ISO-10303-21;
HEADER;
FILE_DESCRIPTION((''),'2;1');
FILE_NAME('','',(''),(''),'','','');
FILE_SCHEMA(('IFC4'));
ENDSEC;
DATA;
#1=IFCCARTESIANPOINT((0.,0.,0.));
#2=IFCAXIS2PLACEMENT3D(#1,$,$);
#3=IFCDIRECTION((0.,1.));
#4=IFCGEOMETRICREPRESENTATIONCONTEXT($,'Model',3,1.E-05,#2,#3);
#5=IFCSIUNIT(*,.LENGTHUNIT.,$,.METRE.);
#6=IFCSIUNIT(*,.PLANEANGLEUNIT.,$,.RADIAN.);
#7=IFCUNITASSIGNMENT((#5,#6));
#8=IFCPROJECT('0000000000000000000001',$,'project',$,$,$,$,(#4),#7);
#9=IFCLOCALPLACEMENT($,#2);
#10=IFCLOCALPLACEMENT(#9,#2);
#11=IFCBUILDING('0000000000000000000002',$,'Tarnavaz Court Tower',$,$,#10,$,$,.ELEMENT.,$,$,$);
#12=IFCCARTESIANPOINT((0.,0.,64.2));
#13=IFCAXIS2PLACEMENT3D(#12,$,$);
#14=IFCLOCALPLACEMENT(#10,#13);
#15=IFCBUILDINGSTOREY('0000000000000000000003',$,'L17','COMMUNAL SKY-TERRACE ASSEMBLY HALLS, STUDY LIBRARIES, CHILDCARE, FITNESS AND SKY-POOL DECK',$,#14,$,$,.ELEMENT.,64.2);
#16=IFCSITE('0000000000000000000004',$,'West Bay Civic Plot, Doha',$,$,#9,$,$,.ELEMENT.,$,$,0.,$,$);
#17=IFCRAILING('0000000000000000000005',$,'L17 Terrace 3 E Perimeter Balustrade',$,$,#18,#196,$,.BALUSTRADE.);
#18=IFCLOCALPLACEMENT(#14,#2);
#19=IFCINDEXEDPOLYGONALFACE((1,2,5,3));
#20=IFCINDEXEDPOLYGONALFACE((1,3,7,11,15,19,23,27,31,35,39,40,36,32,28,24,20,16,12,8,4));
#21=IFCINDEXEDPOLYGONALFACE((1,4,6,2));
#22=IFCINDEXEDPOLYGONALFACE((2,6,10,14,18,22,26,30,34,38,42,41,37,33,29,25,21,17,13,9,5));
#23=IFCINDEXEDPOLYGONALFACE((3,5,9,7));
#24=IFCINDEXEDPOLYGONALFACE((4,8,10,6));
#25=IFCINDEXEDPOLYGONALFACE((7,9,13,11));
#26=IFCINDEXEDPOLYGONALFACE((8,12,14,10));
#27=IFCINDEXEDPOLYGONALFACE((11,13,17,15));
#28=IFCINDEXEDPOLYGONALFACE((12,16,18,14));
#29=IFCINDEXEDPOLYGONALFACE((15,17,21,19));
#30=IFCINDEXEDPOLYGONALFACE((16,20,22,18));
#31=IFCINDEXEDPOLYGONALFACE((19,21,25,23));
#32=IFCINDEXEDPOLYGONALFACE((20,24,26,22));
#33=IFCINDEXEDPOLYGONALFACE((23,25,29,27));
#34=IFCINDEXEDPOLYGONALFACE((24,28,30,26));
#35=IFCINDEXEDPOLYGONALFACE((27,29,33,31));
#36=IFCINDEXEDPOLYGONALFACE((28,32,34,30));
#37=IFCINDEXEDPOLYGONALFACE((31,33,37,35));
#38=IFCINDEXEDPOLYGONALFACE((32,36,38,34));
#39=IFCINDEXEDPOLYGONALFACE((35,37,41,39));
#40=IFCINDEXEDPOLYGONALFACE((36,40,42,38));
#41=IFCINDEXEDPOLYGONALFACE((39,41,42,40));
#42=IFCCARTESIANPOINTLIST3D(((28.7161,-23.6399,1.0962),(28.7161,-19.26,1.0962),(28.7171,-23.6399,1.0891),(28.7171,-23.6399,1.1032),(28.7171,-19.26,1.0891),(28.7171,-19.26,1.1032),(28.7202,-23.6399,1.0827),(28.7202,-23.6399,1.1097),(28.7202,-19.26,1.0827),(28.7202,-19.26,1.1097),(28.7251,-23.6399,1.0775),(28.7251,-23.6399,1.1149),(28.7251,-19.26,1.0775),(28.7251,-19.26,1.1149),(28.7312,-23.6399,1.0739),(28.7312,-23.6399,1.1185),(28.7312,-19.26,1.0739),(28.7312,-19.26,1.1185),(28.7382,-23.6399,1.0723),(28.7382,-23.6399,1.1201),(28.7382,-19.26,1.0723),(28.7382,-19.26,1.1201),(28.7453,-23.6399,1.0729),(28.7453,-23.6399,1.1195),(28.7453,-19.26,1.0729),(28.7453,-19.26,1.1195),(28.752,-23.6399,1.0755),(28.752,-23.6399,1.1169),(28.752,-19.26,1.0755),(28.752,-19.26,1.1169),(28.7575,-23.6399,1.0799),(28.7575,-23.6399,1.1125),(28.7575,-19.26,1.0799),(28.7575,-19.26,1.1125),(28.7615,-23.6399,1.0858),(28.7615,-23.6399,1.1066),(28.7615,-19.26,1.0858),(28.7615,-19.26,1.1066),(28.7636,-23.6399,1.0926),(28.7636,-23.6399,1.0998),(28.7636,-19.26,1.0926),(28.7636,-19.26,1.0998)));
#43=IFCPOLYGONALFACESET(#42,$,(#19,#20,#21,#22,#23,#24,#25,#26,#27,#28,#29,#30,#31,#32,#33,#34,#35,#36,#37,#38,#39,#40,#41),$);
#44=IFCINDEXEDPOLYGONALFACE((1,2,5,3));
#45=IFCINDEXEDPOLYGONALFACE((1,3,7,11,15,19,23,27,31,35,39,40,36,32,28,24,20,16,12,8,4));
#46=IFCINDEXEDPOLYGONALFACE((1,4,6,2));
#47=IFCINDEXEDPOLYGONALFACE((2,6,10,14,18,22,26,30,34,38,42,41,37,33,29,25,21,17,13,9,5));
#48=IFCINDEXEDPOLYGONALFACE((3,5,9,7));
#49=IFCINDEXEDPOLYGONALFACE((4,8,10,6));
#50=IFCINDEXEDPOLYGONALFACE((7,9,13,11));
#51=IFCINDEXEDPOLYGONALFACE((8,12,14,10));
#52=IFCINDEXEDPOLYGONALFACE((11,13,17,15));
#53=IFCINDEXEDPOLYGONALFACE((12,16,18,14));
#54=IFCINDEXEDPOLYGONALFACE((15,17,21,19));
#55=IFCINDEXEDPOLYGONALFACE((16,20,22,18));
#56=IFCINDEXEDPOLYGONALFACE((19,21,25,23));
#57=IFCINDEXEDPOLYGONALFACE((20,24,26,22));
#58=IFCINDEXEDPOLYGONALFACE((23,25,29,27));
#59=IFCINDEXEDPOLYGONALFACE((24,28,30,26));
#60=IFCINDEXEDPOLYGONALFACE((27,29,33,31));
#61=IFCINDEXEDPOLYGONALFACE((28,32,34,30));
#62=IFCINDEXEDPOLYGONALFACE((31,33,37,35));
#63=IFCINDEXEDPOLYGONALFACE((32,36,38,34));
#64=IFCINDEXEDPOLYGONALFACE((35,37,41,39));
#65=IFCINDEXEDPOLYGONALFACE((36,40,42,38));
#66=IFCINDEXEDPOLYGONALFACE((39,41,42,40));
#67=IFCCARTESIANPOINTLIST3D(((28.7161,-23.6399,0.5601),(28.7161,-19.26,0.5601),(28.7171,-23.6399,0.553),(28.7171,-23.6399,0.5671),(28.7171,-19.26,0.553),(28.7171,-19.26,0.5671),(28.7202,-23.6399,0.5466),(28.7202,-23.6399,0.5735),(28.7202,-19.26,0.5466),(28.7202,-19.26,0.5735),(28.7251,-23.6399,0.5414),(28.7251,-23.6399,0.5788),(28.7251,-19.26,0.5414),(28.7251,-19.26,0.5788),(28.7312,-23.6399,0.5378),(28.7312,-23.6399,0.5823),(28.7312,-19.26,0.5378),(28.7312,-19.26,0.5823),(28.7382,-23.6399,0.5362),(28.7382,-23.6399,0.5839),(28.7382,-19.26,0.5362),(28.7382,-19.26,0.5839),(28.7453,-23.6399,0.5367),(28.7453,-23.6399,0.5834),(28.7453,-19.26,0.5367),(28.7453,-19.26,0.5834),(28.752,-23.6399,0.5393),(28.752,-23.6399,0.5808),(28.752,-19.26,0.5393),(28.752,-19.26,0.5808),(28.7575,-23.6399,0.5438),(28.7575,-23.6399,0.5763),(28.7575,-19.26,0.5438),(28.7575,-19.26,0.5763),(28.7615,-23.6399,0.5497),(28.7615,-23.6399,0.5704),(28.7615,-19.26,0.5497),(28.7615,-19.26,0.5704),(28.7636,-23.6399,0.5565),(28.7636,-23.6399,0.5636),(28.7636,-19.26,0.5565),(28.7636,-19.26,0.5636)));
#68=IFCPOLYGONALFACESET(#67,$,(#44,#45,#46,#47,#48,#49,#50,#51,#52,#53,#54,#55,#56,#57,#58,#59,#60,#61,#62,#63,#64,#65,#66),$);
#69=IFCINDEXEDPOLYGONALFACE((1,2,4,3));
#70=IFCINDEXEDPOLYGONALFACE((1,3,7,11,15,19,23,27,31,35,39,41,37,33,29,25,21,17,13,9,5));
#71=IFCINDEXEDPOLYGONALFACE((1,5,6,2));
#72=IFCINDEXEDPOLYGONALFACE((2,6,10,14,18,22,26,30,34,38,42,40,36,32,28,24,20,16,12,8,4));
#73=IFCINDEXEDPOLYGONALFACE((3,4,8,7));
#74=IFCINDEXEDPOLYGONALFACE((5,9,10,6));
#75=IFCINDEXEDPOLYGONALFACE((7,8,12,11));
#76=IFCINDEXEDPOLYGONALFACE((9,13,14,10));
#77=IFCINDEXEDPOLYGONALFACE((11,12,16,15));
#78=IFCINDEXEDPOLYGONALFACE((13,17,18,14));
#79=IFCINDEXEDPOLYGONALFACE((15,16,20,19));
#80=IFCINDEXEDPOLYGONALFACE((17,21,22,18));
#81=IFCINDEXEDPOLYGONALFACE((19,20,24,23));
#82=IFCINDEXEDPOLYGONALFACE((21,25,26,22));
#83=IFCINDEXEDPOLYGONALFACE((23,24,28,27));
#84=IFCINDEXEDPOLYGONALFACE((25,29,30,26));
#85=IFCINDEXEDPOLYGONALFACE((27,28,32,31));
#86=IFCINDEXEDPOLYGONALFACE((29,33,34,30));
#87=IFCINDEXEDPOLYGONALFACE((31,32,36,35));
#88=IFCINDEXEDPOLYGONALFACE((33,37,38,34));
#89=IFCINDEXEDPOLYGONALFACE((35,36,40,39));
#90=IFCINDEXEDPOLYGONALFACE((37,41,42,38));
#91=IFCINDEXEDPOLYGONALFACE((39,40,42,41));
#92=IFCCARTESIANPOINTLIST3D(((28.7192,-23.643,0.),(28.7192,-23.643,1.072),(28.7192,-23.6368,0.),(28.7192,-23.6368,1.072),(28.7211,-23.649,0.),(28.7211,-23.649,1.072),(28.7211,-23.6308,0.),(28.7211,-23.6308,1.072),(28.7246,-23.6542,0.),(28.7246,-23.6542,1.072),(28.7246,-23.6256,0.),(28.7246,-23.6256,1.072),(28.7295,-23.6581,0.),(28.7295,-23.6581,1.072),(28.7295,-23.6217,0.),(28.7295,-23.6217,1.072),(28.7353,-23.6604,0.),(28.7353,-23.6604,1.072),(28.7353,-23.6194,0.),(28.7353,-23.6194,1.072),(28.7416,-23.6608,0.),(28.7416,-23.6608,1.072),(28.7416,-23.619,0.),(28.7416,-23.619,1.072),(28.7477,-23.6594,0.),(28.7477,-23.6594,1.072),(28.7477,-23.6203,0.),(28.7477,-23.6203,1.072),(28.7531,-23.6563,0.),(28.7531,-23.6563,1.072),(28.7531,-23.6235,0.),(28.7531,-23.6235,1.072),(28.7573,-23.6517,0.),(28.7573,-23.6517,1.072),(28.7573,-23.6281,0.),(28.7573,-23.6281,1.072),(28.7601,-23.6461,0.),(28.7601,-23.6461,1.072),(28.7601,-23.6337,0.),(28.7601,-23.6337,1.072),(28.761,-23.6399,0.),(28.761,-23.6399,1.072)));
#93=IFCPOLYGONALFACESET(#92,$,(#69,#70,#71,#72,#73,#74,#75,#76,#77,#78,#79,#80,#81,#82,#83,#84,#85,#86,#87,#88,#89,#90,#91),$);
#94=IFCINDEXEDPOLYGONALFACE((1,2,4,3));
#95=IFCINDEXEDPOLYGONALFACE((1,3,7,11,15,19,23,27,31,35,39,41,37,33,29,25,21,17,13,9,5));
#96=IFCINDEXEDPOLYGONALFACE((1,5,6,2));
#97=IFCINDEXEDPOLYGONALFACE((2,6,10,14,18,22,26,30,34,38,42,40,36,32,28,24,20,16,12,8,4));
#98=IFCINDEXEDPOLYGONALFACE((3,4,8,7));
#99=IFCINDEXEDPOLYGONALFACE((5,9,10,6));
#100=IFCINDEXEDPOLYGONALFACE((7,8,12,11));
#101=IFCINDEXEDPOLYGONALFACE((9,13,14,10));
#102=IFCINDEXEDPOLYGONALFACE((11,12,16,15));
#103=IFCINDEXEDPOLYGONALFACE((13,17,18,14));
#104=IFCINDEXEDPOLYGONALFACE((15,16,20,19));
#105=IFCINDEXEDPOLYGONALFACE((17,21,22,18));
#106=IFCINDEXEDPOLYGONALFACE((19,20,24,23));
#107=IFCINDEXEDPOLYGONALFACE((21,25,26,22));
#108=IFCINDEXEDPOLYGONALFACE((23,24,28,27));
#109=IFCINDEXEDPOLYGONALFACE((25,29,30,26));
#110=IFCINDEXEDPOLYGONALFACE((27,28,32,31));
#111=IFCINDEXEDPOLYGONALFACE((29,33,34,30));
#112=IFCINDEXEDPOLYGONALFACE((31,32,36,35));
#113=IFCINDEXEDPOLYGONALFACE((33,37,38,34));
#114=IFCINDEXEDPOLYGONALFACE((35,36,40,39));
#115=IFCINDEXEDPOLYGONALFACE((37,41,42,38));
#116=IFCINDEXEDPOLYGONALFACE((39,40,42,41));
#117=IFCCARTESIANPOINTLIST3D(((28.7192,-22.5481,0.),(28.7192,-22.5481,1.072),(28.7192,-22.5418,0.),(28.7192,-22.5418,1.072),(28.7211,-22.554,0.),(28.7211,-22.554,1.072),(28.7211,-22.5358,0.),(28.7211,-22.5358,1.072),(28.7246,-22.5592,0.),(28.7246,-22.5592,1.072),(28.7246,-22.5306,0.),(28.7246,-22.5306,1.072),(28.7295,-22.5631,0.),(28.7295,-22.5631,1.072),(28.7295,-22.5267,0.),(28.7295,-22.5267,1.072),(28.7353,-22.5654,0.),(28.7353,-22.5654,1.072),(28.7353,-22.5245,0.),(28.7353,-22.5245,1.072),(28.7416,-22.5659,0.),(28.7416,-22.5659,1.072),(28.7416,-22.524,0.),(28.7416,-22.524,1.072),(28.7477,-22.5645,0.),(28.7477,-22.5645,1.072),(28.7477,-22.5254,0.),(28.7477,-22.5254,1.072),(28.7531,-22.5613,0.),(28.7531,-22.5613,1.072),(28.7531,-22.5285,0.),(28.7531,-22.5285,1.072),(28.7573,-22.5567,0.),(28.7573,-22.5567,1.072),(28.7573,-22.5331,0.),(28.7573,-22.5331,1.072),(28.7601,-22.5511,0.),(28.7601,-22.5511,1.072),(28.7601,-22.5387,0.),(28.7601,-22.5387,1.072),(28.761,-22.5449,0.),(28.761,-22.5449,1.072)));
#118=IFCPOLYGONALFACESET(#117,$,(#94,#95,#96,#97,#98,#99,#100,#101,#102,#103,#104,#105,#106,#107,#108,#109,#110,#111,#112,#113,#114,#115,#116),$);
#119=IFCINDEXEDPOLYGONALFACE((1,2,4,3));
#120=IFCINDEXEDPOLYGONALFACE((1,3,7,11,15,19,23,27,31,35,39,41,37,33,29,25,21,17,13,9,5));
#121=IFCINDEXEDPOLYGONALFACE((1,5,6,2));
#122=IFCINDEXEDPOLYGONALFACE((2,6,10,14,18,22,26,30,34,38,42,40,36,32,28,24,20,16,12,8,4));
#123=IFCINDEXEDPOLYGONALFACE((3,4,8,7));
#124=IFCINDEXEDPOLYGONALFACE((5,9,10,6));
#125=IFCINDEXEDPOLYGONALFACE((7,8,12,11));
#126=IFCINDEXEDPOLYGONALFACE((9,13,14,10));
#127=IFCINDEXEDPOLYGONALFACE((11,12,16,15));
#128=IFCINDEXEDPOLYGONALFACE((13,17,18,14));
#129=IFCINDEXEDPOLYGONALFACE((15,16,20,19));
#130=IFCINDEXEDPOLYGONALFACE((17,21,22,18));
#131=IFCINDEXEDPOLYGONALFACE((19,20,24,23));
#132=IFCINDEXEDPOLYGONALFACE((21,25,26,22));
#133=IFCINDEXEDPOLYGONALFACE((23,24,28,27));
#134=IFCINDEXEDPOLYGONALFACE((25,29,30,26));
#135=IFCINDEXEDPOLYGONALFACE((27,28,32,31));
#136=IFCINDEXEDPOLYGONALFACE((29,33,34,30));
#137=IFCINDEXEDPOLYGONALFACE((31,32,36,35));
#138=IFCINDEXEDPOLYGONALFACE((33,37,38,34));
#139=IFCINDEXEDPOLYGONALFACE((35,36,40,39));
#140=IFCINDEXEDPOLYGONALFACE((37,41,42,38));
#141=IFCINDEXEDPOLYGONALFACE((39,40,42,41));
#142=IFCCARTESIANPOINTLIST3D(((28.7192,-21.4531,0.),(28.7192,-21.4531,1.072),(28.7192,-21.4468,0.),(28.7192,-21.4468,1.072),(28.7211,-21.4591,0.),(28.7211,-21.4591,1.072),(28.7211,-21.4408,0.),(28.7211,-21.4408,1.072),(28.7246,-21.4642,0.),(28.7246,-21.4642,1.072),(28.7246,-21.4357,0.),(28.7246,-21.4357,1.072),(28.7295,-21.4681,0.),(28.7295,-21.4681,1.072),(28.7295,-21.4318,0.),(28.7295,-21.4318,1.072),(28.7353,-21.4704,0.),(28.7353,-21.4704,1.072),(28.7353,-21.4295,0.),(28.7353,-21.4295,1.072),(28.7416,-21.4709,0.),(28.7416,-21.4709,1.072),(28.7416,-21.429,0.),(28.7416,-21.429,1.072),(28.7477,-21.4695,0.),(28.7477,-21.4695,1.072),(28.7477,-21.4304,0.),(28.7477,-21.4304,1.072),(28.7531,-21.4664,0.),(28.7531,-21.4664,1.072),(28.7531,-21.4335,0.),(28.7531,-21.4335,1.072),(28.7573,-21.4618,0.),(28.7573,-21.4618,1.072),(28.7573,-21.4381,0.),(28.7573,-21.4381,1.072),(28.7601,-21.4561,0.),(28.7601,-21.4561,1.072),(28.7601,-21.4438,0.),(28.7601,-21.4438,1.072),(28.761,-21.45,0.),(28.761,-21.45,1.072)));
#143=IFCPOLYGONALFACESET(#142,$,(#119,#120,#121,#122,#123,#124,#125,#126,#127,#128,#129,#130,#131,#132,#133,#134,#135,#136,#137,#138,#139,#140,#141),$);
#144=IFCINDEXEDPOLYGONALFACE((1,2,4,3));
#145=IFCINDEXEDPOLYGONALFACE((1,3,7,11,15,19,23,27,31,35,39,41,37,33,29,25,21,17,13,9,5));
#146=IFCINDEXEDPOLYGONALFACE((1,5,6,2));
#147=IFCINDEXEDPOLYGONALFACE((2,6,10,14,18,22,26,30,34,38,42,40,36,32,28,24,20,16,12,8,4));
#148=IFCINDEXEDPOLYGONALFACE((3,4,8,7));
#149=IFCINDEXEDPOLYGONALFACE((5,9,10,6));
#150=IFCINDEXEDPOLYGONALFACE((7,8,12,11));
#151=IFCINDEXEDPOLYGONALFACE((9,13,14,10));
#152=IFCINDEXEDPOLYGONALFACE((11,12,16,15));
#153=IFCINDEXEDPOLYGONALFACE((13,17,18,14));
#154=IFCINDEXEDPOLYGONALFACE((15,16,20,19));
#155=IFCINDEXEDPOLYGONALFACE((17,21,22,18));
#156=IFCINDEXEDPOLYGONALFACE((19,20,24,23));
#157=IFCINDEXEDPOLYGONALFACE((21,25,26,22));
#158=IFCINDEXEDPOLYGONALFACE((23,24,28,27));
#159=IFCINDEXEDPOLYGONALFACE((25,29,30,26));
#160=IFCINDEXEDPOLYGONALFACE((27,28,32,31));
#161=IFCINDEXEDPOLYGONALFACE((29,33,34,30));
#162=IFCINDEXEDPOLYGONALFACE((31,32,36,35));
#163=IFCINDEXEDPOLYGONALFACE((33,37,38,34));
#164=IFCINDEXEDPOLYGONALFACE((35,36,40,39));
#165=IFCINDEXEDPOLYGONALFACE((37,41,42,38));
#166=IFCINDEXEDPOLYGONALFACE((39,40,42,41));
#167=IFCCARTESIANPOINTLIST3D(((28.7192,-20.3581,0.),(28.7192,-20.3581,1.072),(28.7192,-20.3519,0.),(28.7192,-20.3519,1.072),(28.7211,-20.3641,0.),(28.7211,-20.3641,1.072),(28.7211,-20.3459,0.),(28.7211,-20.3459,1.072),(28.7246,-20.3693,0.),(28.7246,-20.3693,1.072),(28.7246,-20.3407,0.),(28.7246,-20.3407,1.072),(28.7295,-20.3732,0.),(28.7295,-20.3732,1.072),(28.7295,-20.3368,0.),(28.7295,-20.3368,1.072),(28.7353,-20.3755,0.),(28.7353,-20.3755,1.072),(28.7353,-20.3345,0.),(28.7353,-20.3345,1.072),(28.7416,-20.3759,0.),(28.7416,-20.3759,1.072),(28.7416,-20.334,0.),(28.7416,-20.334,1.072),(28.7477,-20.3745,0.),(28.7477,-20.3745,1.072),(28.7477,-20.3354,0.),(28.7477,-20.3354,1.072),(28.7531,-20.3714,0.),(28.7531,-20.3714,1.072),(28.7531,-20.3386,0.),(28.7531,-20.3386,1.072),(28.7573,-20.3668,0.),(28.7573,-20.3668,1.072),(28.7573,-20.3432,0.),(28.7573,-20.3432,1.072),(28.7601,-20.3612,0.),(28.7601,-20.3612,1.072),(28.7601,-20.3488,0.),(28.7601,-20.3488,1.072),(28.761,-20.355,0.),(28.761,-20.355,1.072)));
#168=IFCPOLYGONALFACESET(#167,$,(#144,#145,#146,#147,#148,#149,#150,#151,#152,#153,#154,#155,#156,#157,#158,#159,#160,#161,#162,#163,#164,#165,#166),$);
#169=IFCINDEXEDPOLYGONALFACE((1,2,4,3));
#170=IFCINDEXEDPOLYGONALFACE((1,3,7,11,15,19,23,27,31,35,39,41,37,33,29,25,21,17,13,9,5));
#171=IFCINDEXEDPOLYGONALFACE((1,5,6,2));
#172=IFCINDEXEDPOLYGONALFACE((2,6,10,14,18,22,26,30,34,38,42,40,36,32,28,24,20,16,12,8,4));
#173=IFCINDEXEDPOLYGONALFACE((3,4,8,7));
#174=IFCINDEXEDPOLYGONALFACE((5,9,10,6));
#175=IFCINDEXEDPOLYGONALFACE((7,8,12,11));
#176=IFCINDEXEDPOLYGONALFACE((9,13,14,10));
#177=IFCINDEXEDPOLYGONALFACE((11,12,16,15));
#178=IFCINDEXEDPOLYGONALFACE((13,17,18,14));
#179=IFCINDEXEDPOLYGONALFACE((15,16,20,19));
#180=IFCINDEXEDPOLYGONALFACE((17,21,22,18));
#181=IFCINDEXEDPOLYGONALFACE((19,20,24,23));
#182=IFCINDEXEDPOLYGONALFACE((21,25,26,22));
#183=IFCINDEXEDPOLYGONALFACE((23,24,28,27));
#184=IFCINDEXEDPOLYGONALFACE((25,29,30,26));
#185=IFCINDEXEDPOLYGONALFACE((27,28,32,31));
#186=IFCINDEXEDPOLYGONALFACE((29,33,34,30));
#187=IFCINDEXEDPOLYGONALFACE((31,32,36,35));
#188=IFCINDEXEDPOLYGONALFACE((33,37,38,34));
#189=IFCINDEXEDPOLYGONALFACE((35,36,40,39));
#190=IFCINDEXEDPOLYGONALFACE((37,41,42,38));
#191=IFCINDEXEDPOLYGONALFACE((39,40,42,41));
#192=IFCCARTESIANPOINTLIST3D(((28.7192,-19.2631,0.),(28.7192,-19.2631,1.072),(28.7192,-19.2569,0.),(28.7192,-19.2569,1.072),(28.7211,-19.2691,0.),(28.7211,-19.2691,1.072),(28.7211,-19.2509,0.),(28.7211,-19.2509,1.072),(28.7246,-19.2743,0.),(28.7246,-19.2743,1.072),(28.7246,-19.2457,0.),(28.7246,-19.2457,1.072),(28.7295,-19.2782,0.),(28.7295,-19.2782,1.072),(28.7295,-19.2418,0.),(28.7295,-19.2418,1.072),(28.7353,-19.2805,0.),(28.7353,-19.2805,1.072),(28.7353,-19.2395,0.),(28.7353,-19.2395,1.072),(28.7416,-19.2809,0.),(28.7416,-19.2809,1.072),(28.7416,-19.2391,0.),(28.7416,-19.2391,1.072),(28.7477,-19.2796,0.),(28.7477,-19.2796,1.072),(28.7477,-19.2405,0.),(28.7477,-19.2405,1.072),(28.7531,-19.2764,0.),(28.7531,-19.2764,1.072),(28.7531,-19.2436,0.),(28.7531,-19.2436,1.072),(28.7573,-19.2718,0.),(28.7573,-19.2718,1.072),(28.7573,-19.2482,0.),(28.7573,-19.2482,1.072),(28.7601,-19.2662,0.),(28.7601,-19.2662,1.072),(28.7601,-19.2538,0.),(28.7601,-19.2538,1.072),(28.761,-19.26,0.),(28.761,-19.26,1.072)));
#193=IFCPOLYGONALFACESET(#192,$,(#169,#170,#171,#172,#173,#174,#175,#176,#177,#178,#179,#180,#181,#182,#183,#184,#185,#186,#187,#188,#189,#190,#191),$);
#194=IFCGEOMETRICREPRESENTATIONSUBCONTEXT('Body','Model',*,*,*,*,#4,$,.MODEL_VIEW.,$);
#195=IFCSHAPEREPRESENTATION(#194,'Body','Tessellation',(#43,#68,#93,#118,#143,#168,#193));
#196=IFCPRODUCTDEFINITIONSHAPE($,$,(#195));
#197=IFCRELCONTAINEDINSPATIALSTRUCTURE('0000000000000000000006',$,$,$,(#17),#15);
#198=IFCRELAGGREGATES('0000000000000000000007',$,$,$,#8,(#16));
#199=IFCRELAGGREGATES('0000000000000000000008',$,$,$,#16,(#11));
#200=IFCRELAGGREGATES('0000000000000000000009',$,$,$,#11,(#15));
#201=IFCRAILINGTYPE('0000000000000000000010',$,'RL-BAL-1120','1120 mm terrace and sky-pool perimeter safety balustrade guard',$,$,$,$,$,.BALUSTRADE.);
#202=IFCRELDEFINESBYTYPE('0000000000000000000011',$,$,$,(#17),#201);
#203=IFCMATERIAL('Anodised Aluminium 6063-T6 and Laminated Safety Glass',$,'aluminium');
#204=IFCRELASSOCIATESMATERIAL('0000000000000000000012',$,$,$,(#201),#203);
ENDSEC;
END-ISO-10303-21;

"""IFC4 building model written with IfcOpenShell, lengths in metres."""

from ifc_helpers import new_model, si_unit, direction, frame, origin, origin_2d, place, context, subcontext, project, spatial, circle, extrude, material, type_object, element, save


model = new_model("IFC4")

# Units and contexts
model_context = context("Model", 3, precision=1e-05, world=origin(), true_north=direction((0.0, 1.0)))
body_context = subcontext(model_context, "Body", "Model", "MODEL_VIEW")
ifc_project = project(units=[si_unit("LENGTHUNIT", "METRE"), si_unit("PLANEANGLEUNIT", "RADIAN")], contexts=[model_context])

# Site, building, storey
site_placement = place(None, origin())
site = spatial("IfcSite", under=ifc_project, at=site_placement, Name="West Bay Civic Plot, Doha", CompositionType="ELEMENT", RefElevation=0.0)
building_placement = place(site_placement, origin())
building = spatial("IfcBuilding", under=site, at=building_placement, Name="Tarnavaz Court Tower", CompositionType="ELEMENT")
storey_placement = place(building_placement, frame((0.0, 0.0, 64.2)))
storey = spatial("IfcBuildingStorey", under=building, at=storey_placement, Name="L17", Description="COMMUNAL SKY-TERRACE ASSEMBLY HALLS, STUDY LIBRARIES, CHILDCARE, FITNESS AND SKY-POOL DECK", CompositionType="ELEMENT", Elevation=64.2)

# Railing
ifc_material_1 = material(Name="Anodised Aluminium 6063-T6 and Laminated Safety Glass", Category="aluminium")
railing_type = type_object("IfcRailingType", Name="RL-BAL-1120", Description="1120 mm terrace and sky-pool perimeter safety balustrade guard", PredefinedType="BALUSTRADE", material=ifc_material_1)
railing_1_placement = place(storey_placement, frame((28.74, -23.6399, 0.0)))
element("IfcRailing", 1, at=railing_1_placement, inside=storey, type_object=railing_type, Name="L17 Terrace 3 E Perimeter Balustrade", PredefinedType="BALUSTRADE", context=body_context, shape_type="SweptSolid", body=[
    extrude(circle(Radius=0.0239, at=origin_2d()), frame((0.0, 0.0, 1.0962), z_axis=(0.0, 1.0, 0.0), x_axis=(-1.0, 0.0, 0.0)), (0.0, 0.0, 1.0), 4.3799),
    extrude(circle(Radius=0.0239, at=origin_2d()), frame((0.0, 0.0, 0.5601), z_axis=(0.0, 1.0, 0.0), x_axis=(-1.0, 0.0, 0.0)), (0.0, 0.0, 1.0), 4.3799),
    extrude(circle(Radius=0.021, at=origin_2d()), origin(), (0.0, 0.0, 1.0), 1.072),
    extrude(circle(Radius=0.021, at=origin_2d()), frame((0.0, 1.095, 0.0)), (0.0, 0.0, 1.0), 1.072),
    extrude(circle(Radius=0.021, at=origin_2d()), frame((0.0, 2.1899, 0.0)), (0.0, 0.0, 1.0), 1.072),
    extrude(circle(Radius=0.021, at=origin_2d()), frame((0.0, 3.2849, 0.0)), (0.0, 0.0, 1.0), 1.072),
    extrude(circle(Radius=0.021, at=origin_2d()), frame((0.0, 4.3799, 0.0)), (0.0, 0.0, 1.0), 1.072),
])

save(model, "model.ifc")
